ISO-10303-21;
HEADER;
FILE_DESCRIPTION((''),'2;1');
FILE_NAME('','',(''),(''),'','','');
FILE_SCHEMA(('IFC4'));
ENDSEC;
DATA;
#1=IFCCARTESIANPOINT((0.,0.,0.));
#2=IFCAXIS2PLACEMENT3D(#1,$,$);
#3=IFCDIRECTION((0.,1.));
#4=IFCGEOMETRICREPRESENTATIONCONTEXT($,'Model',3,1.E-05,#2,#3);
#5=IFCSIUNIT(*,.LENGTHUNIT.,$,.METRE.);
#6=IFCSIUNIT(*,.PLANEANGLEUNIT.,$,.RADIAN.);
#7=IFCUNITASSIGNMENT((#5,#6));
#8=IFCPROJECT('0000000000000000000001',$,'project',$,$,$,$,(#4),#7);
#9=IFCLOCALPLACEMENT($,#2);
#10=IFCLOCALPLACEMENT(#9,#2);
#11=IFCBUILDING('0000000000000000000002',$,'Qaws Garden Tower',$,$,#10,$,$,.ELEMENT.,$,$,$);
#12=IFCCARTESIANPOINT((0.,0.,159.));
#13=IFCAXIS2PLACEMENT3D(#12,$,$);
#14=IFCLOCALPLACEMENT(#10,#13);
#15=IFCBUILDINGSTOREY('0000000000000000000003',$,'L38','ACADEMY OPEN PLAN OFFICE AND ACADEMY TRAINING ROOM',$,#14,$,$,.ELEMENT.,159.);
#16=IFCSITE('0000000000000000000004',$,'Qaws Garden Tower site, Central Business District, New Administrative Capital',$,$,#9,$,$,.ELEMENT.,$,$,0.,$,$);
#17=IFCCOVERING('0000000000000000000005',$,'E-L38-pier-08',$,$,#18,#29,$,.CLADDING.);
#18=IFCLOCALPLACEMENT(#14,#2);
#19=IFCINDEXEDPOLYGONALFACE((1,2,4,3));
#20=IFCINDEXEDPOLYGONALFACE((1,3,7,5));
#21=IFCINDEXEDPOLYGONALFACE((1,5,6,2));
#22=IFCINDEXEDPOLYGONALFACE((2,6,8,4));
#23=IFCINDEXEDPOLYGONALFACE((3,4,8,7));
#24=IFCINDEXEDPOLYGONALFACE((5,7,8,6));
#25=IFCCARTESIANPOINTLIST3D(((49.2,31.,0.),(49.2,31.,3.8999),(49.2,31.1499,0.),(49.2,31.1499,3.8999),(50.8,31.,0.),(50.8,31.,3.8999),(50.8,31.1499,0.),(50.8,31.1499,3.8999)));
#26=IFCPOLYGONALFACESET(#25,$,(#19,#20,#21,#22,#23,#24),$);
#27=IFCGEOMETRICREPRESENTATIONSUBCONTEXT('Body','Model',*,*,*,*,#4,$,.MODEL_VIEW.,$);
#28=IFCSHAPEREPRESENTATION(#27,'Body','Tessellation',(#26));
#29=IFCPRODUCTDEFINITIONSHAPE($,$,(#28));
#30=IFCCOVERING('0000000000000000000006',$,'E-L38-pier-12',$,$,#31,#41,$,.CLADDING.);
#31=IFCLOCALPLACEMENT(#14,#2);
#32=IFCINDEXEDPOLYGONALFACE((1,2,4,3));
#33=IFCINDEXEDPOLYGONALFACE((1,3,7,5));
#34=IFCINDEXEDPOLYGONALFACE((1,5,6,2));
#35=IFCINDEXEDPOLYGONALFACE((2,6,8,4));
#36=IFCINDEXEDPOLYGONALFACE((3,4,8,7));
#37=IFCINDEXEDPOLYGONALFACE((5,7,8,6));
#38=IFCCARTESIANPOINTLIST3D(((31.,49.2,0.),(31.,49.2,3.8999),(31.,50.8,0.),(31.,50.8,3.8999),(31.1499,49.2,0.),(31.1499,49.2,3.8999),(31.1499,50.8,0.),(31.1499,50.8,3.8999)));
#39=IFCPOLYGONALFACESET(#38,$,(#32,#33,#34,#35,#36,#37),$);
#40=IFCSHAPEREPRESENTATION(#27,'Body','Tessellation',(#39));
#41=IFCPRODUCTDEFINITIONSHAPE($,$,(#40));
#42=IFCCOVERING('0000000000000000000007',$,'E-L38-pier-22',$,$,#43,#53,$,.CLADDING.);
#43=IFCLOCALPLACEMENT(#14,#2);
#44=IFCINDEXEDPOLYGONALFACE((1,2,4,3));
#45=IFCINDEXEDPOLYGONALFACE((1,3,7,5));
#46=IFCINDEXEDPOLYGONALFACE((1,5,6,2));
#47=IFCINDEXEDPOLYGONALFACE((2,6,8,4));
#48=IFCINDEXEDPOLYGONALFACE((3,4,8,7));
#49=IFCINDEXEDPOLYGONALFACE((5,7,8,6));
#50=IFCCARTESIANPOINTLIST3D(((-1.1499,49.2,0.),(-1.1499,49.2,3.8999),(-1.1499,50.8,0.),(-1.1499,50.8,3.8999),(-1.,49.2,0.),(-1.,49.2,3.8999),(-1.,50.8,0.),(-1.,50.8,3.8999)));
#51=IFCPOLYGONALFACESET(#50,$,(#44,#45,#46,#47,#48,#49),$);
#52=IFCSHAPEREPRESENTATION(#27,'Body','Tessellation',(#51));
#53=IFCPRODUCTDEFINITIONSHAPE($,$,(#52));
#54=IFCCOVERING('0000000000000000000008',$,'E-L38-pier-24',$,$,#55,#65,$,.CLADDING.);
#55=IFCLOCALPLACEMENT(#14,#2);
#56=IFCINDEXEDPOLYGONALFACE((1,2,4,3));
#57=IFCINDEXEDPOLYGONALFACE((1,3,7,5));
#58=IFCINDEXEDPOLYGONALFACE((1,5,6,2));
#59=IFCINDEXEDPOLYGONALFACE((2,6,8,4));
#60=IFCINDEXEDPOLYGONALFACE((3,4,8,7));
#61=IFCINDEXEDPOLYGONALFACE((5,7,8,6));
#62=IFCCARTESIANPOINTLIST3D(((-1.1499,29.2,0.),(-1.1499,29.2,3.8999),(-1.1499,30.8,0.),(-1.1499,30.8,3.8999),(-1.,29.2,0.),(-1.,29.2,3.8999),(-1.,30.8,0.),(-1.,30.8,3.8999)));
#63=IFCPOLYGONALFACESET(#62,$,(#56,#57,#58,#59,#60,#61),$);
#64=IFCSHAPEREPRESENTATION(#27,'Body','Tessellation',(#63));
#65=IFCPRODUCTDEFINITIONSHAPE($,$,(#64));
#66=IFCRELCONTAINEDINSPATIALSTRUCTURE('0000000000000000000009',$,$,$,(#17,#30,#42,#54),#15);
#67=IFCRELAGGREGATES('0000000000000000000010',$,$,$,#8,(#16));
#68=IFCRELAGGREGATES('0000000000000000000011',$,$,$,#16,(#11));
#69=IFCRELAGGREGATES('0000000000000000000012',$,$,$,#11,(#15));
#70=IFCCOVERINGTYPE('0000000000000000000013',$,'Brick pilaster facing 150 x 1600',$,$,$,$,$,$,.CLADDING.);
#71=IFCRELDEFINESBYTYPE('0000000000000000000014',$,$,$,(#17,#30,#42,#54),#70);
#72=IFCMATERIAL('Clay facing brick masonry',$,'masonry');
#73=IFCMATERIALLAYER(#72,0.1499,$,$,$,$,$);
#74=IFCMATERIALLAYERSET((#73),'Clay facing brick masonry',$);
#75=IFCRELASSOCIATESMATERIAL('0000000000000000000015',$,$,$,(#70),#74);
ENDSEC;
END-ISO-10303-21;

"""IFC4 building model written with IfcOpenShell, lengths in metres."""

from ifc_helpers import new_model, si_unit, direction, frame, origin, place, context, subcontext, project, spatial, polyline, outline, extrude, material, layer, layer_set, type_object, element, save


model = new_model("IFC4")

# Units and contexts
model_context = context("Model", 3, precision=1e-05, world=origin(), true_north=direction((0.0, 1.0)))
body_context = subcontext(model_context, "Body", "Model", "MODEL_VIEW")
ifc_project = project(units=[si_unit("LENGTHUNIT", "METRE"), si_unit("PLANEANGLEUNIT", "RADIAN")], contexts=[model_context])

# Site, building, storey
site_placement = place(None, origin())
site = spatial("IfcSite", under=ifc_project, at=site_placement, Name="Qaws Garden Tower site, Central Business District, New Administrative Capital", CompositionType="ELEMENT", RefElevation=0.0)
building_placement = place(site_placement, origin())
building = spatial("IfcBuilding", under=site, at=building_placement, Name="Qaws Garden Tower", CompositionType="ELEMENT")
storey_placement = place(building_placement, frame((0.0, 0.0, 159.0)))
storey = spatial("IfcBuildingStorey", under=building, at=storey_placement, Name="L38", Description="ACADEMY OPEN PLAN OFFICE AND ACADEMY TRAINING ROOM", CompositionType="ELEMENT", Elevation=159.0)

# Shared definitions
placement = place(storey_placement, origin())

# Coverings
ifc_material_1 = material(Name="Clay facing brick masonry", Category="masonry")
ifc_layer_1 = layer(ifc_material_1, 0.1499)
ifc_layer_set_1 = layer_set([ifc_layer_1], Name="Clay facing brick masonry")
covering_type = type_object("IfcCoveringType", Name="Brick pilaster facing 150 x 1600", PredefinedType="CLADDING", material=ifc_layer_set_1)
element("IfcCovering", 1, at=placement, inside=storey, type_object=covering_type, Name="E-L38-pier-08", PredefinedType="CLADDING", context=body_context, shape_type="SweptSolid", body=[
    extrude(outline(polyline([(50.8, 31.0), (49.2, 31.0), (49.2, 31.1499), (50.8, 31.1499), (50.8, 31.0)])), origin(), (0.0, 0.0, 1.0), 3.8999),
])
element("IfcCovering", 2, at=placement, inside=storey, type_object=covering_type, Name="E-L38-pier-12", PredefinedType="CLADDING", context=body_context, shape_type="SweptSolid", body=[
    extrude(outline(polyline([(31.0, 49.2), (31.0, 50.8), (31.1499, 50.8), (31.1499, 49.2), (31.0, 49.2)])), origin(), (0.0, 0.0, 1.0), 3.8999),
])
element("IfcCovering", 3, at=placement, inside=storey, type_object=covering_type, Name="E-L38-pier-22", PredefinedType="CLADDING", context=body_context, shape_type="SweptSolid", body=[
    extrude(outline(polyline([(-1.0, 50.8), (-1.0, 49.2), (-1.1499, 49.2), (-1.1499, 50.8), (-1.0, 50.8)])), origin(), (0.0, 0.0, 1.0), 3.8999),
])
element("IfcCovering", 4, at=placement, inside=storey, type_object=covering_type, Name="E-L38-pier-24", PredefinedType="CLADDING", context=body_context, shape_type="SweptSolid", body=[
    extrude(outline(polyline([(-1.0, 30.8), (-1.0, 29.2), (-1.1499, 29.2), (-1.1499, 30.8), (-1.0, 30.8)])), origin(), (0.0, 0.0, 1.0), 3.8999),
])

save(model, "model.ifc")
